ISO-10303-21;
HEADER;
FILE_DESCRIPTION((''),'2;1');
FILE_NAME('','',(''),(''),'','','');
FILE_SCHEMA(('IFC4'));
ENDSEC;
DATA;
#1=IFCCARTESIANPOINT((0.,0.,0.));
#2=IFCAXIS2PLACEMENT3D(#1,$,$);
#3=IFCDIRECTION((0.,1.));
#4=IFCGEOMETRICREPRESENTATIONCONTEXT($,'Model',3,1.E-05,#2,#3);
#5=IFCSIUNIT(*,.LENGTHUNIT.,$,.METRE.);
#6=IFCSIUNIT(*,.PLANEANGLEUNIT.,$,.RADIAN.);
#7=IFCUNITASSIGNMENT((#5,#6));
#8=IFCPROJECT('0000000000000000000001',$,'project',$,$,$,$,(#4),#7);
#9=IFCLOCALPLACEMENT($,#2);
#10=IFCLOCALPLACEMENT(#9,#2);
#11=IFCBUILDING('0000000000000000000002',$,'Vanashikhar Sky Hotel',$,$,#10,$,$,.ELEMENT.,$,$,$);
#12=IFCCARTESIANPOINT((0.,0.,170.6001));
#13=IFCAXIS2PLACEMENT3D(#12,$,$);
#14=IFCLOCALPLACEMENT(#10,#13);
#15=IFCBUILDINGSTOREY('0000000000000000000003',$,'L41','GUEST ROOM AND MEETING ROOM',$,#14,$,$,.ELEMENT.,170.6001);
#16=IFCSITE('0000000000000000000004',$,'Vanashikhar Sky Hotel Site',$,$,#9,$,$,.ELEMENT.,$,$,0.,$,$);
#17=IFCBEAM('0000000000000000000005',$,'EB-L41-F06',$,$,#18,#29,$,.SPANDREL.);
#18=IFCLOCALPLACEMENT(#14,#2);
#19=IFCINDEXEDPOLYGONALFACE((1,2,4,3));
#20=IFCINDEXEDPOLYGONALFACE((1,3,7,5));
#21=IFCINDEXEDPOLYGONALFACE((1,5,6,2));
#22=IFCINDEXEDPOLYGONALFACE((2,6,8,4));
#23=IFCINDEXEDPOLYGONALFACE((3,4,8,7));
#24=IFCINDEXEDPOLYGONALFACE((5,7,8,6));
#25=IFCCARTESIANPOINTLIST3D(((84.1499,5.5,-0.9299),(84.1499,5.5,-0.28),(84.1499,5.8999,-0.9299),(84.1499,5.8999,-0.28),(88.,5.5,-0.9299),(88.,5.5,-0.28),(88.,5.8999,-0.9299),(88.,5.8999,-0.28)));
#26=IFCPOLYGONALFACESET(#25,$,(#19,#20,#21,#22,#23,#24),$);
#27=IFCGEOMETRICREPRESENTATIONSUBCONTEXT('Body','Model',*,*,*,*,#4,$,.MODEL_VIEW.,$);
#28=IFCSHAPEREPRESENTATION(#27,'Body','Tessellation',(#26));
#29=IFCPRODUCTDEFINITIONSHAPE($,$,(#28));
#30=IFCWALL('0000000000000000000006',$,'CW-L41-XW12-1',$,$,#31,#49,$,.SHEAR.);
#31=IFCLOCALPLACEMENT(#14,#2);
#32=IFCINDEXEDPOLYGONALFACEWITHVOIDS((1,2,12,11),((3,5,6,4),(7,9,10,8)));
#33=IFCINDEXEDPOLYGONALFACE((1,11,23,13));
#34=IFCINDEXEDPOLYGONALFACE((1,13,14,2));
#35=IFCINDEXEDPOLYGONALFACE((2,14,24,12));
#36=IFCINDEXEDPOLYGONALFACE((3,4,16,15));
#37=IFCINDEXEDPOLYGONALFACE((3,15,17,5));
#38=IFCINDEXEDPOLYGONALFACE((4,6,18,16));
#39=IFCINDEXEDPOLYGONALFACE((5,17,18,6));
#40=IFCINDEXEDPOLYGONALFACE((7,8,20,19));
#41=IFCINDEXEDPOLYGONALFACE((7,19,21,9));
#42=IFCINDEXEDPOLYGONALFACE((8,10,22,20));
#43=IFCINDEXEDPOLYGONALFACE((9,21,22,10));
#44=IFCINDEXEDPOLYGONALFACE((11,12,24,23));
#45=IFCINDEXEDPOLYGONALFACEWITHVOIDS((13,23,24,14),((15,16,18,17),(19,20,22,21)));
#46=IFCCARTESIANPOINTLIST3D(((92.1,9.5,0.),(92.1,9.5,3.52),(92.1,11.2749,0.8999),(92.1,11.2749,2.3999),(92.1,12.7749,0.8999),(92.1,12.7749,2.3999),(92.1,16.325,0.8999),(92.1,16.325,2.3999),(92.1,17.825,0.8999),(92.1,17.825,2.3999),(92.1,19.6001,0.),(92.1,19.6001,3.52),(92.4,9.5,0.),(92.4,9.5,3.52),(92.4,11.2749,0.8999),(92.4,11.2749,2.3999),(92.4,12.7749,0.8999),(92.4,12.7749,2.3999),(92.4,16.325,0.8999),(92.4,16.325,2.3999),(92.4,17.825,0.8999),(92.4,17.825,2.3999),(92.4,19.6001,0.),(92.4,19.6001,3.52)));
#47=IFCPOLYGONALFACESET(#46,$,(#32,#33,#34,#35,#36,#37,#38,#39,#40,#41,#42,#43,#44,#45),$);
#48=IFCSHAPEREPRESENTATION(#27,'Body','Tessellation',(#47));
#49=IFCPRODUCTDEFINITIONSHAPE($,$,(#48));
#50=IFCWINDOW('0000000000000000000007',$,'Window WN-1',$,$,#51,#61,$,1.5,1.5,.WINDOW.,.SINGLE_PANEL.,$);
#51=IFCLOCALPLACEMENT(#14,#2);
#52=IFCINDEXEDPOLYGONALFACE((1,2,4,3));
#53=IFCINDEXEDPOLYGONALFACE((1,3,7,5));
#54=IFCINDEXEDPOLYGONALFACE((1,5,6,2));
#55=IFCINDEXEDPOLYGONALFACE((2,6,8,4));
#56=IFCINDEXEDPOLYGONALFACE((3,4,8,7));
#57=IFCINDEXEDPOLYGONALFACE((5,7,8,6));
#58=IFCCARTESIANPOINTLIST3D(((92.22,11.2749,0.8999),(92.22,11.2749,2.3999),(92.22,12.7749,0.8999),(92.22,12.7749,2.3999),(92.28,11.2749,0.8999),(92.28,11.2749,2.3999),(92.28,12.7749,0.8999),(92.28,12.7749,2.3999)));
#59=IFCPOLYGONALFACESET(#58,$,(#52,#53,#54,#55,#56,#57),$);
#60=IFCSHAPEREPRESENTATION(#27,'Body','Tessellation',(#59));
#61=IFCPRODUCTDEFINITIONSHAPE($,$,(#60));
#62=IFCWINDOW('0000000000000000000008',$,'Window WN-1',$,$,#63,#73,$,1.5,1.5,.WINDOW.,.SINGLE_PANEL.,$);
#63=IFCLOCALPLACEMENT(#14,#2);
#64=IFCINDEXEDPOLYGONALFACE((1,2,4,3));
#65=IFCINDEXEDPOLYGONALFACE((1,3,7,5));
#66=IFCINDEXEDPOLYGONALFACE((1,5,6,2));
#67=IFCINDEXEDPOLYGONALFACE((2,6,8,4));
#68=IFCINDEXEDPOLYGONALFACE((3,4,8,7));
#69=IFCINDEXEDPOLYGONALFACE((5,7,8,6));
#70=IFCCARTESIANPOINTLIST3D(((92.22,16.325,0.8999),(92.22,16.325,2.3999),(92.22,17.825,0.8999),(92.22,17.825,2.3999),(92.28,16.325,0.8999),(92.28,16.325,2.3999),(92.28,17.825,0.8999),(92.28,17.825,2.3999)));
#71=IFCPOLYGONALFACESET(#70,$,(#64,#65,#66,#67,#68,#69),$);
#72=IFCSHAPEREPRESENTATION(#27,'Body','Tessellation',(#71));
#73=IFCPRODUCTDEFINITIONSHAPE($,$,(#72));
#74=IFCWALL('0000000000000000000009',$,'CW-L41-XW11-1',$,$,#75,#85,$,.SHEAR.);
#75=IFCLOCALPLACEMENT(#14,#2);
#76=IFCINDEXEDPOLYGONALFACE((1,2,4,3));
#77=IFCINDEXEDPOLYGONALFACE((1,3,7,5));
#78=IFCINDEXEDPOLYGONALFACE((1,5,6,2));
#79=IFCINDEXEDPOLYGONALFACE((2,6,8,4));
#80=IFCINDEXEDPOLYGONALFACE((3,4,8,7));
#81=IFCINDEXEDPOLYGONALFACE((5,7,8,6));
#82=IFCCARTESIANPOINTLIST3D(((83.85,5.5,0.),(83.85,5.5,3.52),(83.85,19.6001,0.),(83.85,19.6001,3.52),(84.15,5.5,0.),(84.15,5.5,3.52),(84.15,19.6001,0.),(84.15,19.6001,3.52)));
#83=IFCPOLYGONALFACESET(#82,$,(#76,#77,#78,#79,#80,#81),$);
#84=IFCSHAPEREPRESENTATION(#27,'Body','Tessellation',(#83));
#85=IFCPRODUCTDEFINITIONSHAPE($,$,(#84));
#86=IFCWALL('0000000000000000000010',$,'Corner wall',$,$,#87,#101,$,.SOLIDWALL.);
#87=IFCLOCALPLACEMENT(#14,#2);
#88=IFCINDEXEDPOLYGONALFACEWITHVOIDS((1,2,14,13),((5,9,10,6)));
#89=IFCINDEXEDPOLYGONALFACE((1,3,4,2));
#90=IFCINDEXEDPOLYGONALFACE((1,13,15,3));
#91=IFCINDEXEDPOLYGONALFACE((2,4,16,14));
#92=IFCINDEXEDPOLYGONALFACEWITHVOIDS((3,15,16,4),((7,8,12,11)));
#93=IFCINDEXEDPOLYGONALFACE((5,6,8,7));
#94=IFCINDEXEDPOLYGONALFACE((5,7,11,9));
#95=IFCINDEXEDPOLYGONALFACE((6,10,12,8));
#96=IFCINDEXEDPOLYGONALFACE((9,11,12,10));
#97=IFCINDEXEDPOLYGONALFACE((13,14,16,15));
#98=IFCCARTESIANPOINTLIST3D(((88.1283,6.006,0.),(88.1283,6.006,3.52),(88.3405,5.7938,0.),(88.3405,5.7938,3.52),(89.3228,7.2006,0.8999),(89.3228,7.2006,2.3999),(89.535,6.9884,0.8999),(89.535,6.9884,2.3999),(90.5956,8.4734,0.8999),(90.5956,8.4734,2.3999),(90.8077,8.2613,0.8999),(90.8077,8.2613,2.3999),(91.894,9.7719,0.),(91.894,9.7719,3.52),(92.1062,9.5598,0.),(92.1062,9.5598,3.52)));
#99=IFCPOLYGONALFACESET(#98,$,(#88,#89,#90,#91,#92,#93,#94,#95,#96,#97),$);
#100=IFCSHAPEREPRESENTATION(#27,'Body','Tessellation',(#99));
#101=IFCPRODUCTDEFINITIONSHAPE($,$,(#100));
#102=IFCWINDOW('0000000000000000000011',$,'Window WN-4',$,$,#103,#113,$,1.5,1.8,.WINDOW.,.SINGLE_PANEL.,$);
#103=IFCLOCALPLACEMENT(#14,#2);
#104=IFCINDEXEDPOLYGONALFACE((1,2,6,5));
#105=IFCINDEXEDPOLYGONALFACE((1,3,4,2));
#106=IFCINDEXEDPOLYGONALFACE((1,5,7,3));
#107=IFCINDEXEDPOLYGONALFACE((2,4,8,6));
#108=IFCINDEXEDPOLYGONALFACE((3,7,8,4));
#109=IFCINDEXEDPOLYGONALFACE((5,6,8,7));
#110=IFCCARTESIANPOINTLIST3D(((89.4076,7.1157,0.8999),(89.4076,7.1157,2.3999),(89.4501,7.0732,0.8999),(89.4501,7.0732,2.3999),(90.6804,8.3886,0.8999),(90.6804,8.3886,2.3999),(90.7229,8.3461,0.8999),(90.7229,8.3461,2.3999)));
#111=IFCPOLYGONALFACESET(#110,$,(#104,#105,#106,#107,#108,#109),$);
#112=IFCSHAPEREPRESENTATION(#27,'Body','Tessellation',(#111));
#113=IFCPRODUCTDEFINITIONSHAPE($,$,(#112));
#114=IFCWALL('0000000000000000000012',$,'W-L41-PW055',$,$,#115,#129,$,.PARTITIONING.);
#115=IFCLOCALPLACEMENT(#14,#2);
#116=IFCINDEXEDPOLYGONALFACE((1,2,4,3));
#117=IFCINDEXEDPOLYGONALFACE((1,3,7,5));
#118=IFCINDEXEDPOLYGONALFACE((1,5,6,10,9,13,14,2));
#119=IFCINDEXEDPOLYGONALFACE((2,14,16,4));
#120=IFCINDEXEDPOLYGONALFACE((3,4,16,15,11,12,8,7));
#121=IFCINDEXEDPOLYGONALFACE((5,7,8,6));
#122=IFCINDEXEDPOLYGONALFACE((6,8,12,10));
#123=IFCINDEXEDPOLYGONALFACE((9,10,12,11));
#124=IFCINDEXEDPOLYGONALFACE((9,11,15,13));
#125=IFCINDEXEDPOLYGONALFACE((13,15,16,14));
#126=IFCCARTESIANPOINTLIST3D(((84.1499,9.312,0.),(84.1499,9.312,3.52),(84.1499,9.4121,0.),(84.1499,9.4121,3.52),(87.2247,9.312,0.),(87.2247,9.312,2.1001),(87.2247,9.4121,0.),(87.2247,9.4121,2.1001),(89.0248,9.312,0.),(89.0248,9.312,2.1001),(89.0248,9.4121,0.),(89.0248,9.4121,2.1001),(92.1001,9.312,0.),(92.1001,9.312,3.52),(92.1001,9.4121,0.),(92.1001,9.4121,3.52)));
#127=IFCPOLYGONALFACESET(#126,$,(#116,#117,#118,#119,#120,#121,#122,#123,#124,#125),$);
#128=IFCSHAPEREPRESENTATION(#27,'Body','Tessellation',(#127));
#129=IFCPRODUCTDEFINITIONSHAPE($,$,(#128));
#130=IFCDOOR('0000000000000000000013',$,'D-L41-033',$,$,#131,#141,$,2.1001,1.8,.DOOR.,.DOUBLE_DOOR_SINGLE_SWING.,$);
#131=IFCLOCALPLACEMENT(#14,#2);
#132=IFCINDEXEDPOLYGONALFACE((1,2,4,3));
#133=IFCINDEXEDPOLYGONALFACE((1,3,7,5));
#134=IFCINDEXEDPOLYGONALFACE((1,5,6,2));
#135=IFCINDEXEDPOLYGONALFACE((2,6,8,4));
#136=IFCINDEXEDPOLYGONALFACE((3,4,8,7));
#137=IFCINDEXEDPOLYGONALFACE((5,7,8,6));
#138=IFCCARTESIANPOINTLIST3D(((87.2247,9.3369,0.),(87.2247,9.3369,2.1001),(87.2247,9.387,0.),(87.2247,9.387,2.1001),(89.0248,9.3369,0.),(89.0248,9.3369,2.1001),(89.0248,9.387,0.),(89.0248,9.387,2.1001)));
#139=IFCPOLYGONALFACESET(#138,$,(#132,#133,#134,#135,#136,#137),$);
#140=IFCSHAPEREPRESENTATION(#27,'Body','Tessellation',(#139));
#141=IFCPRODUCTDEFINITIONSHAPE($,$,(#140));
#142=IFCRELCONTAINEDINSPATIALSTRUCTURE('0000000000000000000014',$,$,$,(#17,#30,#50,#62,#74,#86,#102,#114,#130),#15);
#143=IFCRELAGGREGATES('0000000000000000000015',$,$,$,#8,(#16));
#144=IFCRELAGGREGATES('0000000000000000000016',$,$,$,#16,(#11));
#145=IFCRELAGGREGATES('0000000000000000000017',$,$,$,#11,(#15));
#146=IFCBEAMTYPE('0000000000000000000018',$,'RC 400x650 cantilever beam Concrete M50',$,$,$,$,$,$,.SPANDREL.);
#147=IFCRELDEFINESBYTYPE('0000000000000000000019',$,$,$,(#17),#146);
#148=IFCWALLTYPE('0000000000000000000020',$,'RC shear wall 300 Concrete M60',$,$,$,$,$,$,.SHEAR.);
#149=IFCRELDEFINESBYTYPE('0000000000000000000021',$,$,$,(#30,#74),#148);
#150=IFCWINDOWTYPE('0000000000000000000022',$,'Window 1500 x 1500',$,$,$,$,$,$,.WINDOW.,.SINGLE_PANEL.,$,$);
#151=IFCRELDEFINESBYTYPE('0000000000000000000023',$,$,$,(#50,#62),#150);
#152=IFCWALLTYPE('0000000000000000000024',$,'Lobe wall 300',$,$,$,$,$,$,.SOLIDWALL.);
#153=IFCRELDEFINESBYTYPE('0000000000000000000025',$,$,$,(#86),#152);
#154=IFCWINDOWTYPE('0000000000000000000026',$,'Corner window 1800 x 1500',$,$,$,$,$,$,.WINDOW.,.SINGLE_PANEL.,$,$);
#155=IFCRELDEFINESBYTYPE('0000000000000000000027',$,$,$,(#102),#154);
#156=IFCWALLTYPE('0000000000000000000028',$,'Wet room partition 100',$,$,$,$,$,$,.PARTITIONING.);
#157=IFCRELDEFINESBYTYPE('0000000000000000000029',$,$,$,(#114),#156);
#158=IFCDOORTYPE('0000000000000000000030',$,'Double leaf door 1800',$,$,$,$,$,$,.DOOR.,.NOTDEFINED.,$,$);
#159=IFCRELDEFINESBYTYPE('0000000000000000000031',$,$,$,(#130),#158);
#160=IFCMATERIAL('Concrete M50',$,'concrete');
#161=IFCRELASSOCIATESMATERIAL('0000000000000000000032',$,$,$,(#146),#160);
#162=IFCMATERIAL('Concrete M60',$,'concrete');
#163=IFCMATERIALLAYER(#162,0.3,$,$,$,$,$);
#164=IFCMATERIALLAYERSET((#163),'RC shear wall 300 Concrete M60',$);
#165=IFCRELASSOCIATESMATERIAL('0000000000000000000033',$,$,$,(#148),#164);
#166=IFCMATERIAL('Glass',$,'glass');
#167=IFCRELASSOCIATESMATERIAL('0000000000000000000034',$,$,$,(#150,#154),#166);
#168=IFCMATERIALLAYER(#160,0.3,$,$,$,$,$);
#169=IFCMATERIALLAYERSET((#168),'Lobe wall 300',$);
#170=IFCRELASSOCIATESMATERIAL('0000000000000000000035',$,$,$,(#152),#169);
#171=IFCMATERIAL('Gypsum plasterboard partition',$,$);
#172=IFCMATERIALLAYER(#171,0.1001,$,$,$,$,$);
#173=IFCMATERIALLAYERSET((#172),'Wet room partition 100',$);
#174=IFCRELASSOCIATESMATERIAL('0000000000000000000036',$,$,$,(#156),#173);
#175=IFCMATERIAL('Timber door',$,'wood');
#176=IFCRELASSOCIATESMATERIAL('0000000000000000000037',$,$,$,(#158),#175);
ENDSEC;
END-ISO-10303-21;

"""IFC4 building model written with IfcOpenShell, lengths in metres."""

from ifc_helpers import new_model, si_unit, direction, frame, frame_2d, origin, origin_2d, place, context, subcontext, project, spatial, rectangle, extrude, source, transform, mapped, material, layer, layer_set, material_profile, profile_set, type_object, element, fill, save


model = new_model("IFC4")

# Units and contexts
model_context = context("Model", 3, precision=1e-05, world=origin(), true_north=direction((0.0, 1.0)))
body_context = subcontext(model_context, "Body", "Model", "MODEL_VIEW")
ifc_project = project(units=[si_unit("LENGTHUNIT", "METRE"), si_unit("PLANEANGLEUNIT", "RADIAN")], contexts=[model_context])

# Site, building, storey
site_placement = place(None, origin())
site = spatial("IfcSite", under=ifc_project, at=site_placement, Name="Vanashikhar Sky Hotel Site", CompositionType="ELEMENT", RefElevation=0.0)
building_placement = place(site_placement, origin())
building = spatial("IfcBuilding", under=site, at=building_placement, Name="Vanashikhar Sky Hotel", CompositionType="ELEMENT")
storey_placement = place(building_placement, frame((0.0, 0.0, 170.6001)))
storey = spatial("IfcBuildingStorey", under=building, at=storey_placement, Name="L41", Description="GUEST ROOM AND MEETING ROOM", CompositionType="ELEMENT", Elevation=170.6001)

# Beam
ifc_material_1 = material(Name="Concrete M50", Category="concrete")
ifc_material_profile = material_profile(ifc_material_1, rectangle(XDim=0.3999, YDim=0.6499, at=origin_2d()))
ifc_profile_set = profile_set([ifc_material_profile], Name="RC 400x650 cantilever beam Concrete M50")
beam_type = type_object("IfcBeamType", Name="RC 400x650 cantilever beam Concrete M50", PredefinedType="SPANDREL", material=ifc_profile_set)
shared_shape_1 = source(origin(), body_context, "Body", "SweptSolid", [
    extrude(rectangle(XDim=0.3999, YDim=0.6499, at=origin_2d()), origin(), (0.0, 0.0, 1.0), 3.8501),
])
beam_placement = place(storey_placement, frame((84.1499, 5.7, -0.605), z_axis=(1.0, 0.0, 0.0), x_axis=(0.0, 1.0, 0.0)))
element("IfcBeam", 1, at=beam_placement, inside=storey, type_object=beam_type, Name="EB-L41-F06", PredefinedType="SPANDREL", context=body_context, shape_type="MappedRepresentation", body=[
    mapped(shared_shape_1, transform((0.0, 0.0, 0.0), scale=1.0)),
])

# Wall, openings, windows
ifc_material_2 = material(Name="Concrete M60", Category="concrete")
ifc_layer_1 = layer(ifc_material_2, 0.3)
ifc_layer_set_1 = layer_set([ifc_layer_1], Name="RC shear wall 300 Concrete M60")
wall_type_1 = type_object("IfcWallType", Name="RC shear wall 300 Concrete M60", PredefinedType="SHEAR", material=ifc_layer_set_1)
shared_shape_2 = source(origin(), body_context, "Body", "SweptSolid", [
    extrude(rectangle(XDim=10.1001, YDim=0.3, at=frame_2d((5.05, 0.0))), origin(), (0.0, 0.0, 1.0), 3.52),
])
wall_1_placement = place(storey_placement, frame((92.25, 9.5, 0.0), z_axis=(0.0, 0.0, 1.0), x_axis=(0.0, 1.0, 0.0)))
wall_1 = element("IfcWall", 2, at=wall_1_placement, inside=storey, type_object=wall_type_1, Name="CW-L41-XW12-1", PredefinedType="SHEAR", context=body_context, shape_type="MappedRepresentation", body=[
    mapped(shared_shape_2, transform((0.0, 0.0, 0.0), scale=1.0)),
])
shared_shape_3 = source(origin(), body_context, "Body", "SweptSolid", [
    extrude(rectangle(XDim=1.5, YDim=1.5, at=frame_2d((0.75, 0.75))), frame((0.0, 0.1602, 0.0), z_axis=(0.0, -1.0, 0.0), x_axis=(1.0, 0.0, 0.0)), (0.0, 0.0, 1.0), 0.3201),
])
opening_1_placement = place(wall_1_placement, frame((1.7749, 0.0, 0.8999)))
opening_1 = element("IfcOpeningElement", 3, at=opening_1_placement, cuts=wall_1, PredefinedType="OPENING", context=body_context, shape_type="MappedRepresentation", body=[
    mapped(shared_shape_3, transform((0.0, 0.0, 0.0), scale=1.0)),
])
opening_2_placement = place(wall_1_placement, frame((6.825, 0.0, 0.8999)))
opening_2 = element("IfcOpeningElement", 4, at=opening_2_placement, cuts=wall_1, PredefinedType="OPENING", context=body_context, shape_type="MappedRepresentation", body=[
    mapped(shared_shape_3, transform((0.0, 0.0, 0.0), scale=1.0)),
])
ifc_material_3 = material(Name="Glass", Category="glass")
window_type_1 = type_object("IfcWindowType", Name="Window 1500 x 1500", PartitioningType="SINGLE_PANEL", PredefinedType="WINDOW", material=ifc_material_3)
shared_shape_4 = source(origin(), body_context, "Body", "SweptSolid", [
    extrude(rectangle(XDim=1.5, YDim=1.5, at=frame_2d((0.75, 0.75))), frame((0.0, 0.03, 0.0), z_axis=(0.0, -1.0, 0.0), x_axis=(1.0, 0.0, 0.0)), (0.0, 0.0, 1.0), 0.0601),
])
window_1_placement = place(opening_1_placement, origin())
window_1 = element("IfcWindow", 5, at=window_1_placement, inside=storey, type_object=window_type_1, Name="Window WN-1", OverallHeight=1.5, OverallWidth=1.5, PartitioningType="SINGLE_PANEL", PredefinedType="WINDOW", context=body_context, shape_type="MappedRepresentation", body=[
    mapped(shared_shape_4, transform((0.0, 0.0, 0.0), scale=1.0)),
])
fill(opening_1, window_1)
window_2_placement = place(opening_2_placement, origin())
window_2 = element("IfcWindow", 6, at=window_2_placement, inside=storey, type_object=window_type_1, Name="Window WN-1", OverallHeight=1.5, OverallWidth=1.5, PartitioningType="SINGLE_PANEL", PredefinedType="WINDOW", context=body_context, shape_type="MappedRepresentation", body=[
    mapped(shared_shape_4, transform((0.0, 0.0, 0.0), scale=1.0)),
])
fill(opening_2, window_2)

# Wall
shared_shape_5 = source(origin(), body_context, "Body", "SweptSolid", [
    extrude(rectangle(XDim=14.1001, YDim=0.3, at=frame_2d((7.05, 0.0))), origin(), (0.0, 0.0, 1.0), 3.52),
])
wall_2_placement = place(storey_placement, frame((84.0, 5.5, 0.0), z_axis=(0.0, 0.0, 1.0), x_axis=(0.0, 1.0, 0.0)))
element("IfcWall", 7, at=wall_2_placement, inside=storey, type_object=wall_type_1, Name="CW-L41-XW11-1", PredefinedType="SHEAR", context=body_context, shape_type="MappedRepresentation", body=[
    mapped(shared_shape_5, transform((0.0, 0.0, 0.0), scale=1.0)),
])

# Wall, opening, window
ifc_layer_2 = layer(ifc_material_1, 0.3)
ifc_layer_set_2 = layer_set([ifc_layer_2], Name="Lobe wall 300")
wall_type_2 = type_object("IfcWallType", Name="Lobe wall 300", PredefinedType="SOLIDWALL", material=ifc_layer_set_2)
shared_shape_6 = source(origin(), body_context, "Body", "SweptSolid", [
    extrude(rectangle(XDim=5.3257, YDim=0.3, at=frame_2d((2.6628, 0.0))), origin(), (0.0, 0.0, 1.0), 3.52),
])
wall_3_placement = place(storey_placement, frame((88.2344, 5.8999, 0.0), z_axis=(0.0, 0.0, 1.0), x_axis=(0.707084, 0.70713, 0.0)))
wall_3 = element("IfcWall", 8, at=wall_3_placement, inside=storey, type_object=wall_type_2, Name="Corner wall", PredefinedType="SOLIDWALL", context=body_context, shape_type="MappedRepresentation", body=[
    mapped(shared_shape_6, transform((0.0, 0.0, 0.0), scale=1.0)),
])
shared_shape_7 = source(origin(), body_context, "Body", "SweptSolid", [
    extrude(rectangle(XDim=1.8, YDim=1.5, at=frame_2d((0.8999, 0.75))), frame((0.0, 0.1602, 0.0), z_axis=(0.0, -1.0, 0.0), x_axis=(1.0, 0.0, 0.0)), (0.0, 0.0, 1.0), 0.3201),
])
opening_3_placement = place(wall_3_placement, frame((1.6895, 0.0, 0.8999)))
opening_3 = element("IfcOpeningElement", 9, at=opening_3_placement, cuts=wall_3, PredefinedType="OPENING", context=body_context, shape_type="MappedRepresentation", body=[
    mapped(shared_shape_7, transform((0.0, 0.0, 0.0), scale=1.0)),
])
window_type_2 = type_object("IfcWindowType", Name="Corner window 1800 x 1500", PartitioningType="SINGLE_PANEL", PredefinedType="WINDOW", material=ifc_material_3)
shared_shape_8 = source(origin(), body_context, "Body", "SweptSolid", [
    extrude(rectangle(XDim=1.8, YDim=1.5, at=frame_2d((0.8999, 0.75))), frame((0.0, 0.03, 0.0), z_axis=(0.0, -1.0, 0.0), x_axis=(1.0, 0.0, 0.0)), (0.0, 0.0, 1.0), 0.0601),
])
window_3_placement = place(opening_3_placement, origin())
window_3 = element("IfcWindow", 10, at=window_3_placement, inside=storey, type_object=window_type_2, Name="Window WN-4", OverallHeight=1.5, OverallWidth=1.8, PartitioningType="SINGLE_PANEL", PredefinedType="WINDOW", context=body_context, shape_type="MappedRepresentation", body=[
    mapped(shared_shape_8, transform((0.0, 0.0, 0.0), scale=1.0)),
])
fill(opening_3, window_3)

# Wall, opening, door
ifc_material_4 = material(Name="Gypsum plasterboard partition")
ifc_layer_3 = layer(ifc_material_4, 0.1001)
ifc_layer_set_3 = layer_set([ifc_layer_3], Name="Wet room partition 100")
wall_type_3 = type_object("IfcWallType", Name="Wet room partition 100", PredefinedType="PARTITIONING", material=ifc_layer_set_3)
shared_shape_9 = source(origin(), body_context, "Body", "SweptSolid", [
    extrude(rectangle(XDim=7.9502, YDim=0.1001, at=frame_2d((3.9751, 0.0))), origin(), (0.0, 0.0, 1.0), 3.52),
])
wall_4_placement = place(storey_placement, frame((84.1499, 9.3621, 0.0), z_axis=(0.0, 0.0, 1.0), x_axis=(1.0, 0.0, 0.0)))
wall_4 = element("IfcWall", 11, at=wall_4_placement, inside=storey, type_object=wall_type_3, Name="W-L41-PW055", PredefinedType="PARTITIONING", context=body_context, shape_type="MappedRepresentation", body=[
    mapped(shared_shape_9, transform((0.0, 0.0, 0.0), scale=1.0)),
])
shared_shape_10 = source(origin(), body_context, "Body", "SweptSolid", [
    extrude(rectangle(XDim=1.8, YDim=2.1001, at=frame_2d((0.8999, 1.05))), frame((0.0, 0.0601, 0.0), z_axis=(0.0, -1.0, 0.0), x_axis=(1.0, 0.0, 0.0)), (0.0, 0.0, 1.0), 0.1201),
])
opening_4_placement = place(wall_4_placement, frame((3.075, 0.0, 0.0)))
opening_4 = element("IfcOpeningElement", 12, at=opening_4_placement, cuts=wall_4, PredefinedType="OPENING", context=body_context, shape_type="MappedRepresentation", body=[
    mapped(shared_shape_10, transform((0.0, 0.0, 0.0), scale=1.0)),
])
ifc_material_5 = material(Name="Timber door", Category="wood")
door_type_1 = type_object("IfcDoorType", Name="Double leaf door 1800", OperationType="NOTDEFINED", PredefinedType="DOOR", material=ifc_material_5)
shared_shape_11 = source(origin(), body_context, "Body", "SweptSolid", [
    extrude(rectangle(XDim=1.8, YDim=2.1001, at=frame_2d((0.8999, 1.05))), frame((0.0, 0.0249, 0.0), z_axis=(0.0, -1.0, 0.0), x_axis=(1.0, 0.0, 0.0)), (0.0, 0.0, 1.0), 0.05),
])
door_1_placement = place(opening_4_placement, origin())
door_1 = element("IfcDoor", 13, at=door_1_placement, inside=storey, type_object=door_type_1, Name="D-L41-033", OperationType="DOUBLE_DOOR_SINGLE_SWING", OverallHeight=2.1001, OverallWidth=1.8, PredefinedType="DOOR", context=body_context, shape_type="MappedRepresentation", body=[
    mapped(shared_shape_11, transform((0.0, 0.0, 0.0), scale=1.0)),
])
fill(opening_4, door_1)

save(model, "model.ifc")
